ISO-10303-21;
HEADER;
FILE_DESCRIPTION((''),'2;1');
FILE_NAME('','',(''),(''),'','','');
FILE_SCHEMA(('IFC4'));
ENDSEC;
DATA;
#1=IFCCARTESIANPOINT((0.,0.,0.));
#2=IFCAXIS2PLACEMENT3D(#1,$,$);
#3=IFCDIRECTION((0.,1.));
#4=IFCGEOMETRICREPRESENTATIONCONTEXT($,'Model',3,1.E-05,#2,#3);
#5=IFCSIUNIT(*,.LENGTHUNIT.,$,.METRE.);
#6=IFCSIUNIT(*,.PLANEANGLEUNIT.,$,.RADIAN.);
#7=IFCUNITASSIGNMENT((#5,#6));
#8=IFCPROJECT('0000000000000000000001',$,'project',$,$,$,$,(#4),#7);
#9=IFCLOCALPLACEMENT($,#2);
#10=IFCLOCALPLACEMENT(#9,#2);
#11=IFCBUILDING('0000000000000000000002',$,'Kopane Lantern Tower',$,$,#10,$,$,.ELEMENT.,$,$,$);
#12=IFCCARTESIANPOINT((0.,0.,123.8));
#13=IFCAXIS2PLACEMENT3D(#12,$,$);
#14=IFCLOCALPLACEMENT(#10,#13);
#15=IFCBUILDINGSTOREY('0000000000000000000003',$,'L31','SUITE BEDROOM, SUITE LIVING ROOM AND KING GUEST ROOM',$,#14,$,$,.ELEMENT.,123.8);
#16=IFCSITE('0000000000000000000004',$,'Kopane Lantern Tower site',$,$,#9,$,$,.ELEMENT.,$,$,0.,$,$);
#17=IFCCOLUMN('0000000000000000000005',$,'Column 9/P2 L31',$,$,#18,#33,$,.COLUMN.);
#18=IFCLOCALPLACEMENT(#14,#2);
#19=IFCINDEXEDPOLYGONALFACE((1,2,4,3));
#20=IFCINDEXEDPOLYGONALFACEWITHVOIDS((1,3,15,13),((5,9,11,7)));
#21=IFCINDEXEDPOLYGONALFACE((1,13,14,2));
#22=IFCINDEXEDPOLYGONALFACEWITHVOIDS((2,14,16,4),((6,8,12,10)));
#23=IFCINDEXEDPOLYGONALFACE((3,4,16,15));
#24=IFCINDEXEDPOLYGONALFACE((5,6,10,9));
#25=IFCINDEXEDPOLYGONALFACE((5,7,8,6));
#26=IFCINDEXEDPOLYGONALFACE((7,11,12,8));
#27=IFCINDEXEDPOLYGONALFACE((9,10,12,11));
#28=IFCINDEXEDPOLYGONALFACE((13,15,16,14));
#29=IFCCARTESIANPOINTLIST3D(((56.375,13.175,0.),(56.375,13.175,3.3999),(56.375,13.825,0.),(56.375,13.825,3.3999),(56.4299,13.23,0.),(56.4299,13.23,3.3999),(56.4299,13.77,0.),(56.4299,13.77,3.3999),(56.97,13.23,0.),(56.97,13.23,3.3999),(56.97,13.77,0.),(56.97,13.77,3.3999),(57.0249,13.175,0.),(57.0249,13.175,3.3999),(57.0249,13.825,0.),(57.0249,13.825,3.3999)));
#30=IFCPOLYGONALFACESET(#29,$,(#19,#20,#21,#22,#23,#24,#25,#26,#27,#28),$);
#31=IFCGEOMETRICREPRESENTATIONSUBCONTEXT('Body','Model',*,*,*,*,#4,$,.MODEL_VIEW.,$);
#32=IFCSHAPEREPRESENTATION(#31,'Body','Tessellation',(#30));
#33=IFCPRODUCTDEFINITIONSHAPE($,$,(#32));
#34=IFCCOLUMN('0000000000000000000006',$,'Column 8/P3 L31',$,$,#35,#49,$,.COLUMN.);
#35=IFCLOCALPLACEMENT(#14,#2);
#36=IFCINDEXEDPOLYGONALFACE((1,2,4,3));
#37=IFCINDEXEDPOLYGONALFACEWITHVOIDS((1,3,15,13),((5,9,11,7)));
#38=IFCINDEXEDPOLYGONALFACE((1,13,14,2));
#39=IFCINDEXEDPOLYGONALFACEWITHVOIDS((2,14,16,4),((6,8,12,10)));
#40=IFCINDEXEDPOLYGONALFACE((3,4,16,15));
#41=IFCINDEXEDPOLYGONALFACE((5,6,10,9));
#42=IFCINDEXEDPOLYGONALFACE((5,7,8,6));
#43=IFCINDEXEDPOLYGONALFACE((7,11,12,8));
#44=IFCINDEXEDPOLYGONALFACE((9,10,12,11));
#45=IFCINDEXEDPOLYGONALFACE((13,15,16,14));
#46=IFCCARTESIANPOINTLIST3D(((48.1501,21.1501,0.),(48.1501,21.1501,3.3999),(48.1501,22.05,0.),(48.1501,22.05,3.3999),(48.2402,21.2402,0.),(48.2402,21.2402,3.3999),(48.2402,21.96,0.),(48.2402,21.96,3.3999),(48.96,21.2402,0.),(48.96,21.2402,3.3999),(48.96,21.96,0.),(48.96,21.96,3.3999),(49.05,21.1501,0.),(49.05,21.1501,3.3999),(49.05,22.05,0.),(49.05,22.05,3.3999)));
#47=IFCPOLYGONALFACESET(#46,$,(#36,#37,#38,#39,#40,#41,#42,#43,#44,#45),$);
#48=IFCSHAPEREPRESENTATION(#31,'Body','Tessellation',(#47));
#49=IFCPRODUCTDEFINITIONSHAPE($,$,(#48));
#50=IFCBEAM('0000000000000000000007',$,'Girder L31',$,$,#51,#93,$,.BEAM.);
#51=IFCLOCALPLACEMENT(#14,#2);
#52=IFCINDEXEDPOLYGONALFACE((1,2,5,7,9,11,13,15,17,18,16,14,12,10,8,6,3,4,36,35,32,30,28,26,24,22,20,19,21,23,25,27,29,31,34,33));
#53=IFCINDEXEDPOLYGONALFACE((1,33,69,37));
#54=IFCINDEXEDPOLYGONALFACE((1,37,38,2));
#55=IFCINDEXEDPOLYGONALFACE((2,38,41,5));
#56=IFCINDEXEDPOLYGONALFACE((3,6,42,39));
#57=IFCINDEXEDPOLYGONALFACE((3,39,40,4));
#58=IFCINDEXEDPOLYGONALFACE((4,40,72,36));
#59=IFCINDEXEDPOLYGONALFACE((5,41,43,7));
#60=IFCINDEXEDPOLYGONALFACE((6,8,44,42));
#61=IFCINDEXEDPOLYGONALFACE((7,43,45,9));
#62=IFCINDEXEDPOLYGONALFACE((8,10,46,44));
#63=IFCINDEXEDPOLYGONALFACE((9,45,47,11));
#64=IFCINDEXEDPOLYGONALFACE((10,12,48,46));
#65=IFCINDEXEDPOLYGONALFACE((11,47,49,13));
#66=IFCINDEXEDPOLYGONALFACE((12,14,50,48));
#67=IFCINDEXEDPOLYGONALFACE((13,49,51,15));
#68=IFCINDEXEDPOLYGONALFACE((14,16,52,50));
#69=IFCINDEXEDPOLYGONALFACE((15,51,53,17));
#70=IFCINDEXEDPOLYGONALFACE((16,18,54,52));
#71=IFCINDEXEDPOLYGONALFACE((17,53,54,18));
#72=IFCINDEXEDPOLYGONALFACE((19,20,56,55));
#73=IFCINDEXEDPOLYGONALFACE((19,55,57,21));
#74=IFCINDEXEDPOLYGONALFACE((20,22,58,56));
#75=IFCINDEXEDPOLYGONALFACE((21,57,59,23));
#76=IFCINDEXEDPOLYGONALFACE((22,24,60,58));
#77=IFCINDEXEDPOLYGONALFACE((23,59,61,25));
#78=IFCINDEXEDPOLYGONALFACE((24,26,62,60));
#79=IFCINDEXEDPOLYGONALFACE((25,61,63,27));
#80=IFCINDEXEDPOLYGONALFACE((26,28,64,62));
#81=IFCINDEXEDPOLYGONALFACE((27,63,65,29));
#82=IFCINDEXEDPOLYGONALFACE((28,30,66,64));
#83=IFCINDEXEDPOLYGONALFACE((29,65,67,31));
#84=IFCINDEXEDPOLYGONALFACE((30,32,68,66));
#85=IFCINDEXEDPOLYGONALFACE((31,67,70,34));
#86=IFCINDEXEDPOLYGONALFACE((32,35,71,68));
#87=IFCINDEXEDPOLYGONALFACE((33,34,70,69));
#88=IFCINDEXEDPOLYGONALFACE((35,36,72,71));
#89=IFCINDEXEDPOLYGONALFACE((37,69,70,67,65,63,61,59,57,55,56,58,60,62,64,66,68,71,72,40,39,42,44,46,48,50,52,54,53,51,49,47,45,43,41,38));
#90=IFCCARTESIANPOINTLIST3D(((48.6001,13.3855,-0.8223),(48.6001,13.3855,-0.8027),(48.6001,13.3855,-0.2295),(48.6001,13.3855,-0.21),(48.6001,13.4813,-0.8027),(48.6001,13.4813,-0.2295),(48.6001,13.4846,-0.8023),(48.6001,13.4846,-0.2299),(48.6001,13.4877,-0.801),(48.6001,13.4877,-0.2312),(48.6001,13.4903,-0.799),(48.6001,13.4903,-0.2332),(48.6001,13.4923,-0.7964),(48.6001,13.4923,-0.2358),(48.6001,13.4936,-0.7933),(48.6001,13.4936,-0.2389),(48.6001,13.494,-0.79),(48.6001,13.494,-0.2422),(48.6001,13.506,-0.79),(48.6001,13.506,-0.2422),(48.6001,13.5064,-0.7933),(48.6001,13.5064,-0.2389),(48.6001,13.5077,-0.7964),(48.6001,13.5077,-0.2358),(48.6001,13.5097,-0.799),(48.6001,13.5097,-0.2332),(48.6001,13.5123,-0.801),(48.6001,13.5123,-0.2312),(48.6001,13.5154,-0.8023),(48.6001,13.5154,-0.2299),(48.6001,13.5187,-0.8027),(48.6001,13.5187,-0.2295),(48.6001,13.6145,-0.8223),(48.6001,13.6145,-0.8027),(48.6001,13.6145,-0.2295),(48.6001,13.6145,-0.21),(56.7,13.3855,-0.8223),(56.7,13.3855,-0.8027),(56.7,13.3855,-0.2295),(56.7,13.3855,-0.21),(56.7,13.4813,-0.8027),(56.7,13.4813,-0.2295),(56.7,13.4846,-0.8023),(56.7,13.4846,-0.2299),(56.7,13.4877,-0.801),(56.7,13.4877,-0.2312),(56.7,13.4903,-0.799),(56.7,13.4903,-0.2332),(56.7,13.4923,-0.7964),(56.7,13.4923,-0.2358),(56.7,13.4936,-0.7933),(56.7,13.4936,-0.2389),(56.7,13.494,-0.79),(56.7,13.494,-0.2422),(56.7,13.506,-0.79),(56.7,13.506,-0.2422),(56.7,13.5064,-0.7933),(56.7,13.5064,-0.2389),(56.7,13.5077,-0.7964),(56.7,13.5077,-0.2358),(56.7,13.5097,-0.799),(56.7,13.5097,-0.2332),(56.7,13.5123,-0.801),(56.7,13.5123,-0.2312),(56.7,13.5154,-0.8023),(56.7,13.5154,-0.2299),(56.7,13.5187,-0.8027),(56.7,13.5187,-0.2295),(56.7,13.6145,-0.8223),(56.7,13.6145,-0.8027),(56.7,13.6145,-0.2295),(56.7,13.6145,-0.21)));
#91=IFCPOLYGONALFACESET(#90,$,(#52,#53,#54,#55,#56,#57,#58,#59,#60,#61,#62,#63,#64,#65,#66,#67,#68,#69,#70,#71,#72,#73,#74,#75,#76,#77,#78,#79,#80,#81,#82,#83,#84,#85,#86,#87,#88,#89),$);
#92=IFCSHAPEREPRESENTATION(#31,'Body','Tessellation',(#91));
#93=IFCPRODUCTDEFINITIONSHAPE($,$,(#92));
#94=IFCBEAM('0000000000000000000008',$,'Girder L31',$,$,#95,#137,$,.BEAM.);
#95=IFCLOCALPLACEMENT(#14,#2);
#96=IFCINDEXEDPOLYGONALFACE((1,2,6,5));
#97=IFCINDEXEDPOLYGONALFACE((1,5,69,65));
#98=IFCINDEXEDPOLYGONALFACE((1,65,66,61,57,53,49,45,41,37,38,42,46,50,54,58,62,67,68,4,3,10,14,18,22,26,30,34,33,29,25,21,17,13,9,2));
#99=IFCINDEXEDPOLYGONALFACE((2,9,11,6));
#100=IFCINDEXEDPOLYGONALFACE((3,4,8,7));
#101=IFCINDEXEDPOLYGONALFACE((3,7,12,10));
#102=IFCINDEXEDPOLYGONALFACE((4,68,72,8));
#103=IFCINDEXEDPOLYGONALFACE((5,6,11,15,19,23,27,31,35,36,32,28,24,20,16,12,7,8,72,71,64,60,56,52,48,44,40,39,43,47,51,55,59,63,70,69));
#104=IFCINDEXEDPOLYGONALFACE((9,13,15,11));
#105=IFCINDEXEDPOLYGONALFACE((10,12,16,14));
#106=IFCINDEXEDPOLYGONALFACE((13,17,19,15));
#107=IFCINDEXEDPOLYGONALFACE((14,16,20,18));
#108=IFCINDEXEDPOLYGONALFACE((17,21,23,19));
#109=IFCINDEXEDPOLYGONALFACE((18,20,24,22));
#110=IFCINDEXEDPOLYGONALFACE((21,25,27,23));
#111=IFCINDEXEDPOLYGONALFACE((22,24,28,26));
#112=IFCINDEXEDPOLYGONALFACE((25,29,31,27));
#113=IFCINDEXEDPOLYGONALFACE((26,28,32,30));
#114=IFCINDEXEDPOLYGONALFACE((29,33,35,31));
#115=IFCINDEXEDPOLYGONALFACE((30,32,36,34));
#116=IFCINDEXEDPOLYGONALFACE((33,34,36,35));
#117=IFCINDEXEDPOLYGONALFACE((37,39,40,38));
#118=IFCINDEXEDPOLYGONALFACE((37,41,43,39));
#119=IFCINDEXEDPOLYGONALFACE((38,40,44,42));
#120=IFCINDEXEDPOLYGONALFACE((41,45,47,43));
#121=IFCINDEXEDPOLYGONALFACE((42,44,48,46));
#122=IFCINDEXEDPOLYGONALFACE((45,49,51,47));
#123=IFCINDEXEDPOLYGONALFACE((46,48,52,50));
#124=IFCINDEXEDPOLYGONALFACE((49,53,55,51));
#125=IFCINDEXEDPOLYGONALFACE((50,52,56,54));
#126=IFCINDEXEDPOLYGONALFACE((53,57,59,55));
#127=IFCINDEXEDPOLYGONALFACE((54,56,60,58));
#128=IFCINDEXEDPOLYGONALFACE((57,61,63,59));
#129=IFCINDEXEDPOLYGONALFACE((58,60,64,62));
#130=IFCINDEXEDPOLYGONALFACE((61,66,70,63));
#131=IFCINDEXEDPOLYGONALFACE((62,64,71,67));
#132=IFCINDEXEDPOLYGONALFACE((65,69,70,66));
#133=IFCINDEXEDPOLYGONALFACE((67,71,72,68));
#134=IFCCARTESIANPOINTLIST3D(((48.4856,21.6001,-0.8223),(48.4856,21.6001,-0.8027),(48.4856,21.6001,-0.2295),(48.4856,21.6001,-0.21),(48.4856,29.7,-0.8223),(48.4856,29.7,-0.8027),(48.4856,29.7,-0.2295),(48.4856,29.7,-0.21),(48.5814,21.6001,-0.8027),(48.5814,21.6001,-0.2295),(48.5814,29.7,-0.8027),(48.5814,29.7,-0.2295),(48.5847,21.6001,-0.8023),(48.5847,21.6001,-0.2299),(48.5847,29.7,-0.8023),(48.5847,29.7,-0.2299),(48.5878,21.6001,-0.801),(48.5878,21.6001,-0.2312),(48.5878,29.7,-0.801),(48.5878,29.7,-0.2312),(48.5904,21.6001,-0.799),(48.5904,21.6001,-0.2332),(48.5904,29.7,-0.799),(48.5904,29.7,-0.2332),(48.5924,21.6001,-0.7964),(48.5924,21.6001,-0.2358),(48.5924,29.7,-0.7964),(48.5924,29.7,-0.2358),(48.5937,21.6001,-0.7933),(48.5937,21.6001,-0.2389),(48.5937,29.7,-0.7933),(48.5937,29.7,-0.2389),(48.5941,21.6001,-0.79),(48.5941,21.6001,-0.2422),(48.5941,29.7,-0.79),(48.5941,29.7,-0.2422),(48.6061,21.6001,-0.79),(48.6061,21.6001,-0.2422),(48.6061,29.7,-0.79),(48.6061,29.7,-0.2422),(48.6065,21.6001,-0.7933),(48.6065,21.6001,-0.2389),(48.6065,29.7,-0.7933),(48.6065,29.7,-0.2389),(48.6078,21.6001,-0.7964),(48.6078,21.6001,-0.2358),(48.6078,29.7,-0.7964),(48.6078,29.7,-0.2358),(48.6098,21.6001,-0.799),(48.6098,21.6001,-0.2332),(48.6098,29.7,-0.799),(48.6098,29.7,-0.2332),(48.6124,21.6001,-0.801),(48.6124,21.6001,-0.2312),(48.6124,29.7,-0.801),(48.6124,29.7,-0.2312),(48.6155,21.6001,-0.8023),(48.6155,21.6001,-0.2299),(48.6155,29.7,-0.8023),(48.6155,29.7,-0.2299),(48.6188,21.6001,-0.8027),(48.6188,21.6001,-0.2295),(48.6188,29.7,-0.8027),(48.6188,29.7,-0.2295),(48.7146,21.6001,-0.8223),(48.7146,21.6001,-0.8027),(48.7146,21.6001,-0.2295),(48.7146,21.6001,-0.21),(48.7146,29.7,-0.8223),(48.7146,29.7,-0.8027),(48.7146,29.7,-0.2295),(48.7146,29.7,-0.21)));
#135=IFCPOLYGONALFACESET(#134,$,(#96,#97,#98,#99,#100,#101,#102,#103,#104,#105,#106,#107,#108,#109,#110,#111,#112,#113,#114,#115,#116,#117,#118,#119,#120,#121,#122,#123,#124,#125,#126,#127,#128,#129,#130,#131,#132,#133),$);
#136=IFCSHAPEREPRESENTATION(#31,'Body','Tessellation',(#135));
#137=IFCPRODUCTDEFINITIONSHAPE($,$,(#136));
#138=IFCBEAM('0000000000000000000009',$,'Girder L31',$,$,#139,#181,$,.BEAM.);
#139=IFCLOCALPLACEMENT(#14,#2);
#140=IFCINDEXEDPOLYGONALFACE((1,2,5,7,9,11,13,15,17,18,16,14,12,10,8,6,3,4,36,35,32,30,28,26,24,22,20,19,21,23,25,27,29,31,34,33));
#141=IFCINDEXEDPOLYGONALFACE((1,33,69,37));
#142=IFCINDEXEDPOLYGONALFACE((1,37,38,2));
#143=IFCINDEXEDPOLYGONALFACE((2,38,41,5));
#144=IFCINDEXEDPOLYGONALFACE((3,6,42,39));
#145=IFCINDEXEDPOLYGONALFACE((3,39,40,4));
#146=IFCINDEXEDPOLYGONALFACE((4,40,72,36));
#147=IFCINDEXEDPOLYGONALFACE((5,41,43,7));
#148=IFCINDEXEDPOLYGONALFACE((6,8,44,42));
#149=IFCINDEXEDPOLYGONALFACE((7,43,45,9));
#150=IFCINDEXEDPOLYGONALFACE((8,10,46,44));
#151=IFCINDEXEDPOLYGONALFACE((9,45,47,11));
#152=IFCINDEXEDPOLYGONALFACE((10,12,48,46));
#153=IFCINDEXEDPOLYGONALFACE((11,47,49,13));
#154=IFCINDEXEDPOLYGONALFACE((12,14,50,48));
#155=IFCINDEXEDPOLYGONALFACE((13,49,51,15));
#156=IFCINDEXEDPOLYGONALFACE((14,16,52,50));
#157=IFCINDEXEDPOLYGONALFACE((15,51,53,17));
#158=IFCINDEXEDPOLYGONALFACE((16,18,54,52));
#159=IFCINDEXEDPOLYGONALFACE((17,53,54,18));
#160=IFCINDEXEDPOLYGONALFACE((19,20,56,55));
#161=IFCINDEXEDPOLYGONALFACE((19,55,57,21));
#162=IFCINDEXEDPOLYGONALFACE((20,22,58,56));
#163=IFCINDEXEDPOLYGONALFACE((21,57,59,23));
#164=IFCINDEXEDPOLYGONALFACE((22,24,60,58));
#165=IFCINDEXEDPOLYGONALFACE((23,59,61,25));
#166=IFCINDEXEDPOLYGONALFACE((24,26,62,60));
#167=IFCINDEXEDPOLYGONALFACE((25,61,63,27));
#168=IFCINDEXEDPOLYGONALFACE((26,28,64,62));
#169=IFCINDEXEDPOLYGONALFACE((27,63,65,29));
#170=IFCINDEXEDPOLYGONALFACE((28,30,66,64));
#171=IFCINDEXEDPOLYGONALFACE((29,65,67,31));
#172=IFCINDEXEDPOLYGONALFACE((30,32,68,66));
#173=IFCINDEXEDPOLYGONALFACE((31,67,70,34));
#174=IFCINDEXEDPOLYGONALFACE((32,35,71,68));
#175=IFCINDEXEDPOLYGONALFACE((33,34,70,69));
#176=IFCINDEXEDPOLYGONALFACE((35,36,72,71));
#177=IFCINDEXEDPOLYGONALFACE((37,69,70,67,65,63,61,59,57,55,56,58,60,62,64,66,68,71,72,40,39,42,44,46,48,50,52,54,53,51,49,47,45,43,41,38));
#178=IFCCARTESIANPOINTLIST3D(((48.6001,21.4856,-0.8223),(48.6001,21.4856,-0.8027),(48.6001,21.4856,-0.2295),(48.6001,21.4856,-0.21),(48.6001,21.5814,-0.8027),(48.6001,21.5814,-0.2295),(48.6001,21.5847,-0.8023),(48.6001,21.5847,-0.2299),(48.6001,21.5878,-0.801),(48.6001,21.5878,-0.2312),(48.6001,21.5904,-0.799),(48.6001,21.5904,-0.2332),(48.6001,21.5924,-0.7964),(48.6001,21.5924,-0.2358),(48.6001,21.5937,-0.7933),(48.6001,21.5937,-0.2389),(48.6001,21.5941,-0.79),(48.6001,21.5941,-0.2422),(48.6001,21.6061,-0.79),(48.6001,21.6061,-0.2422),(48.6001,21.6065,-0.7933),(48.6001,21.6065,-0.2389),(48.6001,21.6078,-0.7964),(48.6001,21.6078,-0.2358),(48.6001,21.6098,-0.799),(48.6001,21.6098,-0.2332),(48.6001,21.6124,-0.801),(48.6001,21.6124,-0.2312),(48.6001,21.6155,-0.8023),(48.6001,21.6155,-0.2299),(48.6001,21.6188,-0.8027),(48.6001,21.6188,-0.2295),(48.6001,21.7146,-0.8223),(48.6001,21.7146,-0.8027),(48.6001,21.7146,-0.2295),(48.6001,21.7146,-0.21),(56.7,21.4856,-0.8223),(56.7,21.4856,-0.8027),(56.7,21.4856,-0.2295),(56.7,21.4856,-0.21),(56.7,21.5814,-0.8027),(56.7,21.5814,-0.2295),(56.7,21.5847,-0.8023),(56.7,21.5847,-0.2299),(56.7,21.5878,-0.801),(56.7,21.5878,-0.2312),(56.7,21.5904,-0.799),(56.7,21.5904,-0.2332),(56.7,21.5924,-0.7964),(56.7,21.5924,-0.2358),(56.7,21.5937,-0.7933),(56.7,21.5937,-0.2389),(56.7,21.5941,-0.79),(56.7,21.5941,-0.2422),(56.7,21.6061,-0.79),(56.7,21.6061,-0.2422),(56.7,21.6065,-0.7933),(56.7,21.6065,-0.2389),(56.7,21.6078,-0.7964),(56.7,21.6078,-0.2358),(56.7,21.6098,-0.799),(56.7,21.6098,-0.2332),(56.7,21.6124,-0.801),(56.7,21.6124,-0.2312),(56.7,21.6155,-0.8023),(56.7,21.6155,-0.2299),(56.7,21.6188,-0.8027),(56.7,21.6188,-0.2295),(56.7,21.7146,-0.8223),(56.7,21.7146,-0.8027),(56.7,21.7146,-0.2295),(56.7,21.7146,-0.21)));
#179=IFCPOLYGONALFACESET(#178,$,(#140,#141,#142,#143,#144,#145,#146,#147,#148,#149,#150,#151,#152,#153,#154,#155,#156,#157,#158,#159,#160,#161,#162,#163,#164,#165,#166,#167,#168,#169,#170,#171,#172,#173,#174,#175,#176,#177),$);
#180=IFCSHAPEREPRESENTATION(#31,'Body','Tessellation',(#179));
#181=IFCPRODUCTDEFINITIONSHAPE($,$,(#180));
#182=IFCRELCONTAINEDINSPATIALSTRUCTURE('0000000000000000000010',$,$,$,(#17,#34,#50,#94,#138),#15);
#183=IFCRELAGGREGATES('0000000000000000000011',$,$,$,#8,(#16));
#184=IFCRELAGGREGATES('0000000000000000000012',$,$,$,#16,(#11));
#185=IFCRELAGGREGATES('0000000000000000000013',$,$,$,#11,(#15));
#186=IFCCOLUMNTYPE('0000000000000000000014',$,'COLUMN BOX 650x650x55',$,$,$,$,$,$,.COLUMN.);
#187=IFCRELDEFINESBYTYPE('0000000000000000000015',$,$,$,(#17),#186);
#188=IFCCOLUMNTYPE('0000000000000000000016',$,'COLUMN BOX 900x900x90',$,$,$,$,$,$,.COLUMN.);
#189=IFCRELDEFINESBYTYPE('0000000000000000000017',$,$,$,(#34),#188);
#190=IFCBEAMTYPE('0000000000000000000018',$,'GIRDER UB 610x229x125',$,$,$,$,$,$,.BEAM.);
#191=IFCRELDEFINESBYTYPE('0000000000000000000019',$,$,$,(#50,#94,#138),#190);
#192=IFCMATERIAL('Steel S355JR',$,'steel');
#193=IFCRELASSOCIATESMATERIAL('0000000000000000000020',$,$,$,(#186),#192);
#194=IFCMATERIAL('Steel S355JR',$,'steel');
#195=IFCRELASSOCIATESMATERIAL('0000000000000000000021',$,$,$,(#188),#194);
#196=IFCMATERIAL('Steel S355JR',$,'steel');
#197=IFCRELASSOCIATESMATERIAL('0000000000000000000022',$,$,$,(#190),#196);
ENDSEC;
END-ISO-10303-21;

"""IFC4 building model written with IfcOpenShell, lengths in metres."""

from ifc_helpers import new_model, si_unit, direction, frame, origin, origin_2d, place, context, subcontext, project, spatial, hollow_rectangle, i_section, extrude, material, material_profile, profile_set, type_object, element, save


model = new_model("IFC4")

# Units and contexts
model_context = context("Model", 3, precision=1e-05, world=origin(), true_north=direction((0.0, 1.0)))
body_context = subcontext(model_context, "Body", "Model", "MODEL_VIEW")
ifc_project = project(units=[si_unit("LENGTHUNIT", "METRE"), si_unit("PLANEANGLEUNIT", "RADIAN")], contexts=[model_context])

# Site, building, storey
site_placement = place(None, origin())
site = spatial("IfcSite", under=ifc_project, at=site_placement, Name="Kopane Lantern Tower site", CompositionType="ELEMENT", RefElevation=0.0)
building_placement = place(site_placement, origin())
building = spatial("IfcBuilding", under=site, at=building_placement, Name="Kopane Lantern Tower", CompositionType="ELEMENT")
storey_placement = place(building_placement, frame((0.0, 0.0, 123.8)))
storey = spatial("IfcBuildingStorey", under=building, at=storey_placement, Name="L31", Description="SUITE BEDROOM, SUITE LIVING ROOM AND KING GUEST ROOM", CompositionType="ELEMENT", Elevation=123.8)

# Columns
ifc_material_1 = material(Name="Steel S355JR", Category="steel")
ifc_material_profile_1 = material_profile(ifc_material_1, hollow_rectangle(XDim=0.6499, YDim=0.6499, WallThickness=0.0549, at=origin_2d()), Name="BOX 650x650x55")
ifc_profile_set_1 = profile_set([ifc_material_profile_1], Name="Steel S355JR")
column_type_1 = type_object("IfcColumnType", Name="COLUMN BOX 650x650x55", PredefinedType="COLUMN", material=ifc_profile_set_1)
column_1_placement = place(storey_placement, frame((56.7, 13.5, 0.0), z_axis=(0.0, 0.0, 1.0), x_axis=(1.0, 0.0, 0.0)))
element("IfcColumn", 1, at=column_1_placement, inside=storey, type_object=column_type_1, Name="Column 9/P2 L31", PredefinedType="COLUMN", context=body_context, shape_type="SweptSolid", body=[
    extrude(hollow_rectangle(XDim=0.6499, YDim=0.6499, WallThickness=0.0549, at=origin_2d()), origin(), (0.0, 0.0, 1.0), 3.3999),
])
ifc_material_2 = material(Name="Steel S355JR", Category="steel")
ifc_material_profile_2 = material_profile(ifc_material_2, hollow_rectangle(XDim=0.8999, YDim=0.8999, WallThickness=0.0901, at=origin_2d()), Name="BOX 900x900x90")
ifc_profile_set_2 = profile_set([ifc_material_profile_2], Name="Steel S355JR")
column_type_2 = type_object("IfcColumnType", Name="COLUMN BOX 900x900x90", PredefinedType="COLUMN", material=ifc_profile_set_2)
column_2_placement = place(storey_placement, frame((48.6001, 21.6001, 0.0), z_axis=(0.0, 0.0, 1.0), x_axis=(1.0, 0.0, 0.0)))
element("IfcColumn", 2, at=column_2_placement, inside=storey, type_object=column_type_2, Name="Column 8/P3 L31", PredefinedType="COLUMN", context=body_context, shape_type="SweptSolid", body=[
    extrude(hollow_rectangle(XDim=0.8999, YDim=0.8999, WallThickness=0.0901, at=origin_2d()), origin(), (0.0, 0.0, 1.0), 3.3999),
])

# Beams
ifc_material_3 = material(Name="Steel S355JR", Category="steel")
ifc_material_profile_3 = material_profile(ifc_material_3, i_section(OverallWidth=0.229, OverallDepth=0.6123, WebThickness=0.012, FlangeThickness=0.0195, FilletRadius=0.0127, at=origin_2d()), Name="UB 610x229x125")
ifc_profile_set_3 = profile_set([ifc_material_profile_3], Name="Steel S355JR")
beam_type = type_object("IfcBeamType", Name="GIRDER UB 610x229x125", PredefinedType="BEAM", material=ifc_profile_set_3)
for number, where, z_axis, x_axis, name in (
    (3, (48.6001, 13.5, -0.5161), (1.0, 0.0, 0.0), (0.0, 1.0, 0.0), "Girder L31"),
    (4, (48.6001, 21.6001, -0.5161), (0.0, 1.0, 0.0), (-1.0, 0.0, 0.0), "Girder L31"),
    (5, (48.6001, 21.6001, -0.5161), (1.0, 0.0, 0.0), (0.0, 1.0, 0.0), "Girder L31"),
):
    element("IfcBeam", number, at=place(storey_placement, frame(where, z_axis=z_axis, x_axis=x_axis)), inside=storey, type_object=beam_type, Name=name, PredefinedType="BEAM", context=body_context, shape_type="SweptSolid", body=[
        extrude(i_section(OverallWidth=0.229, OverallDepth=0.6123, WebThickness=0.012, FlangeThickness=0.0195, FilletRadius=0.0127, at=origin_2d()), origin(), (0.0, 0.0, 1.0), 8.0999),
    ])

save(model, "model.ifc")
